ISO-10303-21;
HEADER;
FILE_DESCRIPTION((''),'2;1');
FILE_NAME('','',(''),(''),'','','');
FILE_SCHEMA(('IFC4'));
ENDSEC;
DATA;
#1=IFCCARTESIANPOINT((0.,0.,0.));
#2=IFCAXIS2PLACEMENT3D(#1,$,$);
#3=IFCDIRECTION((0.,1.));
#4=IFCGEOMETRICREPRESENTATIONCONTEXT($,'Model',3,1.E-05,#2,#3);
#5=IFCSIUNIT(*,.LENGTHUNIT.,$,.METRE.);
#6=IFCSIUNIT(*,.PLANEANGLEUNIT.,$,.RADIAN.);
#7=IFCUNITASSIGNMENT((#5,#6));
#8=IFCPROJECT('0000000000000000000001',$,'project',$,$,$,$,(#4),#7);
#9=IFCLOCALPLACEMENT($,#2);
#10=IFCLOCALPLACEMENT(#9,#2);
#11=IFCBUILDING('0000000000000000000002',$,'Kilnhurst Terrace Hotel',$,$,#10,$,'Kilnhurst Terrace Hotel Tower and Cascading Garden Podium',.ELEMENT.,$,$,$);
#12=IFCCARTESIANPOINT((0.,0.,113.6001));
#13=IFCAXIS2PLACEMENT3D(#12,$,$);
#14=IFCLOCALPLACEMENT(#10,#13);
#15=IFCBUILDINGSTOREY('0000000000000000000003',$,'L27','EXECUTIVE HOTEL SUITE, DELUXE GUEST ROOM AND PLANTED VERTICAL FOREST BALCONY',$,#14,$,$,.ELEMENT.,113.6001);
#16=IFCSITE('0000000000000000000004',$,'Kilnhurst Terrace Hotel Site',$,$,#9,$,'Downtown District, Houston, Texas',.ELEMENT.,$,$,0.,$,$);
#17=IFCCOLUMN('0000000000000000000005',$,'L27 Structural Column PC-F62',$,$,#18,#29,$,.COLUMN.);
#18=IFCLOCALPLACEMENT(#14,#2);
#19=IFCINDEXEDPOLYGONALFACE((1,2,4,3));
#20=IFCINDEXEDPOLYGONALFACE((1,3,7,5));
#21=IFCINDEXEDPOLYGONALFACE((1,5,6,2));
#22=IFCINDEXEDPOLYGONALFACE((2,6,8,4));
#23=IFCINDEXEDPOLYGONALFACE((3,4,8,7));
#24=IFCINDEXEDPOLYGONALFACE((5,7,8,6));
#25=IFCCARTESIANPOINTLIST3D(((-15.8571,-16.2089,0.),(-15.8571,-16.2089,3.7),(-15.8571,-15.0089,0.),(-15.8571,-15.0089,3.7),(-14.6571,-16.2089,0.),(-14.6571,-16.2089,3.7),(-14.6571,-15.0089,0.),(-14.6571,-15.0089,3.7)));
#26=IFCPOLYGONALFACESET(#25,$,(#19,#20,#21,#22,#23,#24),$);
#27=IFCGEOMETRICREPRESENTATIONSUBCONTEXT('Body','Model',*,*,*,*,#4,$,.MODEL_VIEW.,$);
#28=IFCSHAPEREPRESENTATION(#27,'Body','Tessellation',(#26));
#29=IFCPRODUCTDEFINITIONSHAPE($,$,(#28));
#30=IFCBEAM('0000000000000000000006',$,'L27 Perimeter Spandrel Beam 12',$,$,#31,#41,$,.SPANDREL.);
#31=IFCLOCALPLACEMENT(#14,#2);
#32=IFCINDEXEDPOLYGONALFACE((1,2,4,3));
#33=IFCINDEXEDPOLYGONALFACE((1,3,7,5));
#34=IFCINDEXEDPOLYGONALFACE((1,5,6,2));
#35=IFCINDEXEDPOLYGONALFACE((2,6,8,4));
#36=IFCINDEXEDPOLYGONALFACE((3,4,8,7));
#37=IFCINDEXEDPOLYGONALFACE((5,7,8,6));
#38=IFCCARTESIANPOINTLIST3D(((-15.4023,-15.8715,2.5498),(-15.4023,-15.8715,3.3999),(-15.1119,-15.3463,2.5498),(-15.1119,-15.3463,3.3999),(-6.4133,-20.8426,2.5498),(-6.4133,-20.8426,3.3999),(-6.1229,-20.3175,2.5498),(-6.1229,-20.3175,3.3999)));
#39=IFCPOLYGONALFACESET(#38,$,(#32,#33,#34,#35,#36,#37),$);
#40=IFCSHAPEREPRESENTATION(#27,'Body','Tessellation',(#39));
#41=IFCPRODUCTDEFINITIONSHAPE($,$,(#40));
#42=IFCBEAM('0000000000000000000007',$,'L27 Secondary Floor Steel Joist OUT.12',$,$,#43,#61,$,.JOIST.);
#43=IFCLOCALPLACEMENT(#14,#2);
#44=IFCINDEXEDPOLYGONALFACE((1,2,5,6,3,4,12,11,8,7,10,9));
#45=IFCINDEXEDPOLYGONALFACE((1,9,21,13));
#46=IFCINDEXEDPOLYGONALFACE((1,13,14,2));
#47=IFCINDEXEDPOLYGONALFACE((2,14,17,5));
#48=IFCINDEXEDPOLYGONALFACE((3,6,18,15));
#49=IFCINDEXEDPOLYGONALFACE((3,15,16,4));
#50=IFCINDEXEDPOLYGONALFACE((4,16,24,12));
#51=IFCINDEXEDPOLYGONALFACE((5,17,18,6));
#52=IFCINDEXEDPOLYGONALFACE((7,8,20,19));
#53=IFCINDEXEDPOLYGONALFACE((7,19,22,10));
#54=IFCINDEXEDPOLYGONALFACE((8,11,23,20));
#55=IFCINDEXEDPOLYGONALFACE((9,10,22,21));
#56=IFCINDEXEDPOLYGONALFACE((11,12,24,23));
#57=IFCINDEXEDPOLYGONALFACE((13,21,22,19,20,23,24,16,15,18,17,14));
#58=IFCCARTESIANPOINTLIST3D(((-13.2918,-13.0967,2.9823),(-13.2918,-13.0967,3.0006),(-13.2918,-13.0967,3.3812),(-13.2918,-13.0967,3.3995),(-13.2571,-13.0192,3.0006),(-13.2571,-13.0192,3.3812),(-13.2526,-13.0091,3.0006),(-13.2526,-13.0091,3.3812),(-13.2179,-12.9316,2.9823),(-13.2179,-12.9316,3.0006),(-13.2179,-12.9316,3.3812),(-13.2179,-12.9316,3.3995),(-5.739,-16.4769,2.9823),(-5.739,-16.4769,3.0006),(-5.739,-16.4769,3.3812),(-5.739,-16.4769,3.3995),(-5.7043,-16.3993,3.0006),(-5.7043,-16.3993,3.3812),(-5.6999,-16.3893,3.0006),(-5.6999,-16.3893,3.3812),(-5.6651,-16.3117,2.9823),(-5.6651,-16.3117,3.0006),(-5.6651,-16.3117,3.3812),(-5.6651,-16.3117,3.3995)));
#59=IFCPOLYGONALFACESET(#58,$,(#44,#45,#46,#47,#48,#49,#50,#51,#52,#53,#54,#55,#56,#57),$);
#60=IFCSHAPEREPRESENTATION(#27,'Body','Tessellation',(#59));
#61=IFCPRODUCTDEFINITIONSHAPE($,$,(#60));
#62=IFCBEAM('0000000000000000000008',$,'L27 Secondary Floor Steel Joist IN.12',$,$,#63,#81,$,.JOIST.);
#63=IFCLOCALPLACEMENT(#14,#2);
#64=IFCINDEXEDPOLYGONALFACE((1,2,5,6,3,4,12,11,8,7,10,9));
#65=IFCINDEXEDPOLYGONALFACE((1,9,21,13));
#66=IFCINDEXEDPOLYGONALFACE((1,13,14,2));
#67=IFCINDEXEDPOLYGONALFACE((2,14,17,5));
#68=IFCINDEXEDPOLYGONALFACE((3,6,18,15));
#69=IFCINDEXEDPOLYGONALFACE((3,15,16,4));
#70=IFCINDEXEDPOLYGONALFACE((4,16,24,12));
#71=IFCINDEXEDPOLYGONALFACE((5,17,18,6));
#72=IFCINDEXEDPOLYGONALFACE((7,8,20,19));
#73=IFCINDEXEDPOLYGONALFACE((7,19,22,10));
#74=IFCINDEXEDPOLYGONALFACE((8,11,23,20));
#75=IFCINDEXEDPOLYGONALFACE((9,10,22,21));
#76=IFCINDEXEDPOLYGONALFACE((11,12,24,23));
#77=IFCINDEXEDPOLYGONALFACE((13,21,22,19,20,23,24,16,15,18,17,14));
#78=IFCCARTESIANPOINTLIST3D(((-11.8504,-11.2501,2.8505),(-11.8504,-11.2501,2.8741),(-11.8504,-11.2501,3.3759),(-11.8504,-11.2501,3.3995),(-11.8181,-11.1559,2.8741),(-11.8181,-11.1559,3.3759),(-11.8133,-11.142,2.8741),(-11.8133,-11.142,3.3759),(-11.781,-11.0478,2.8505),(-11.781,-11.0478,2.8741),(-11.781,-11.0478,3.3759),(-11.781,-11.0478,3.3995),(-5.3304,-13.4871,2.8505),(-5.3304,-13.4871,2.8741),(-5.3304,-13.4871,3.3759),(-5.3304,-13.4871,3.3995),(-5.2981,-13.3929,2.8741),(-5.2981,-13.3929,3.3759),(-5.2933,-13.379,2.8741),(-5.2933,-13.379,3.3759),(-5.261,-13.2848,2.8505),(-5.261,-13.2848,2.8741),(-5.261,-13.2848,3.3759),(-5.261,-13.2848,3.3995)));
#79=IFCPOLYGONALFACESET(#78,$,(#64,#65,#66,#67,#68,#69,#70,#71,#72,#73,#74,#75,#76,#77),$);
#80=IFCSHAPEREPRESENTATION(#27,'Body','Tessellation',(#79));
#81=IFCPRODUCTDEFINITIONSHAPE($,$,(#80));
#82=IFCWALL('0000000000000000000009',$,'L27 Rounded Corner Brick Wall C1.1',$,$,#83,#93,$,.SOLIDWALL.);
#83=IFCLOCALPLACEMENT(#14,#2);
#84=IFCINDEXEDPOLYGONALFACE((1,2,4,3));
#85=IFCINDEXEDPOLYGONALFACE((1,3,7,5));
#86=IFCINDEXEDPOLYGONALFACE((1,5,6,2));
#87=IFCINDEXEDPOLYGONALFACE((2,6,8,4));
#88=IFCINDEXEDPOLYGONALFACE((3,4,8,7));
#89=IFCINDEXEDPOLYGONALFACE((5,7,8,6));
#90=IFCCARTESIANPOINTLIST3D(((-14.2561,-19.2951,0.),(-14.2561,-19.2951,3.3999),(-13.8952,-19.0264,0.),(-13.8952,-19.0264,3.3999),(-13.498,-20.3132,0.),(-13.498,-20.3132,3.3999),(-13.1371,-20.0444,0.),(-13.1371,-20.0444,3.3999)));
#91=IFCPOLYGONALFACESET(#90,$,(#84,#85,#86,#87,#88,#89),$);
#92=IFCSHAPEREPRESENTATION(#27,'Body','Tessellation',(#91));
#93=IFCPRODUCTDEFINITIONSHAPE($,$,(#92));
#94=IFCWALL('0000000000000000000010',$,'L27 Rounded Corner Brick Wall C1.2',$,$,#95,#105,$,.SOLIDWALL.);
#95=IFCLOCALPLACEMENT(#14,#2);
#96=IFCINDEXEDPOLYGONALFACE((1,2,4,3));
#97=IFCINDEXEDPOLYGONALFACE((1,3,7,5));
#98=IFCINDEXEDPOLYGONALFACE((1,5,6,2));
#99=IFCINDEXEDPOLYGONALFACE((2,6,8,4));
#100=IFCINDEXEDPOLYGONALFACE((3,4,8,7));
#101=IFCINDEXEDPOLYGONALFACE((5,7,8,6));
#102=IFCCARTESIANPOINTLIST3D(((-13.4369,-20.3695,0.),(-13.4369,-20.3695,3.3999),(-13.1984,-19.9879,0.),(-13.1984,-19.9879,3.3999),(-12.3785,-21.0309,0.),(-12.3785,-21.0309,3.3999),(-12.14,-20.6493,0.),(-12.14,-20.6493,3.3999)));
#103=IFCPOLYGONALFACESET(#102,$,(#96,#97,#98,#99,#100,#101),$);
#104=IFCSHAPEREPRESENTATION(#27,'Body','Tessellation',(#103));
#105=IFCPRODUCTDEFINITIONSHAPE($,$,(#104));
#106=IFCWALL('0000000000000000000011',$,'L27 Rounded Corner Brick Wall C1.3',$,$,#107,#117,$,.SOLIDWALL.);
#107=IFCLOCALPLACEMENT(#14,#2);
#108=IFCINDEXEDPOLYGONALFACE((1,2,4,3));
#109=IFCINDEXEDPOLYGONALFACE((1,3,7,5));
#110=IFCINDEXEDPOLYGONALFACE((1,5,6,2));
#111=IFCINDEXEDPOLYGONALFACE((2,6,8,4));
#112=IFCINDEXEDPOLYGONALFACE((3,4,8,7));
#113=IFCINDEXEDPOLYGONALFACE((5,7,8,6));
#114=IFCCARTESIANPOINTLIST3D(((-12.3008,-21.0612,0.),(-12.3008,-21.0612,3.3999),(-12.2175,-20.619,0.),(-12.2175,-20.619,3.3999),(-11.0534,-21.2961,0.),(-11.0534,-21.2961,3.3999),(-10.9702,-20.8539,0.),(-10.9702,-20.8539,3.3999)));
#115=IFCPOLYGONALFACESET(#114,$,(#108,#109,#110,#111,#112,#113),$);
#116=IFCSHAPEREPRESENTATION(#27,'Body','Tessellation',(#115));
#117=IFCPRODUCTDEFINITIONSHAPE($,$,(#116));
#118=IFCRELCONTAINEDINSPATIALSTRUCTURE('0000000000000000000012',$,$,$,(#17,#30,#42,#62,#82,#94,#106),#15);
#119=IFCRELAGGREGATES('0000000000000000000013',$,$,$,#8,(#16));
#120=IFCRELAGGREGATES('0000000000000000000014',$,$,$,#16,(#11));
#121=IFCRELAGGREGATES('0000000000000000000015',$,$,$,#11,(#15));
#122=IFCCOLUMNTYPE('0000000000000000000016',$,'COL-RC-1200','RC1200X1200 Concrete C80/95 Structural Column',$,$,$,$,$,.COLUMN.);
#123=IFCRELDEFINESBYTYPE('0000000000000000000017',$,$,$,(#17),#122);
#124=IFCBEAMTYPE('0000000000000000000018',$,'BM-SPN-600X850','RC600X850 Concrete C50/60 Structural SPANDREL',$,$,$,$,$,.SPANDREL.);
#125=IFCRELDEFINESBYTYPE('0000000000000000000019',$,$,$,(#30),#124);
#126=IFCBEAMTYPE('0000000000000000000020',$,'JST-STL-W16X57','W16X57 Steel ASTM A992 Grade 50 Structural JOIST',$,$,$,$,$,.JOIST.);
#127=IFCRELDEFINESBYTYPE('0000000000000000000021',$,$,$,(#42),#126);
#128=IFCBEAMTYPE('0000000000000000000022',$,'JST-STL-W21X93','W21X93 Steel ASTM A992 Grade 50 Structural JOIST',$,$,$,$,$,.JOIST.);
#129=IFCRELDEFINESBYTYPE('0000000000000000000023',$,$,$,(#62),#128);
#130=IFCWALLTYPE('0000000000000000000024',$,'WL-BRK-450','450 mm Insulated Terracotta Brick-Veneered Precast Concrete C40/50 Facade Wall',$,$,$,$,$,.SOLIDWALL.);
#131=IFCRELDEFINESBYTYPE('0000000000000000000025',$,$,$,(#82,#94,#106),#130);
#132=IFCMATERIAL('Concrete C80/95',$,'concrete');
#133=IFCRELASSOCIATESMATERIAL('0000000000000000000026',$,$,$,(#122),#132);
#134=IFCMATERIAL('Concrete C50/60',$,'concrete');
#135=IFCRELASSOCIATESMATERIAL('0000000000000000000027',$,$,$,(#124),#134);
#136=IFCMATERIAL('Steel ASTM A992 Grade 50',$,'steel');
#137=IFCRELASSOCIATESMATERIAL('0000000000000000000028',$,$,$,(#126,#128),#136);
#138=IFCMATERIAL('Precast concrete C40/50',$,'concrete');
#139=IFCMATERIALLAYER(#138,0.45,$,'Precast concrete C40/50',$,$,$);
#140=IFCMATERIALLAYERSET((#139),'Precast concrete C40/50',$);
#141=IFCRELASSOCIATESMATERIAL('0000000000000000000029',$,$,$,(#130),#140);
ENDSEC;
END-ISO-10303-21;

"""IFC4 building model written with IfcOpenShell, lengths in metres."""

from ifc_helpers import new_model, si_unit, direction, frame, frame_2d, origin, origin_2d, place, context, subcontext, project, spatial, rectangle, i_section, extrude, material, layer, layer_set, material_profile, profile_set, type_object, element, save


model = new_model("IFC4")

# Units and contexts
model_context = context("Model", 3, precision=1e-05, world=origin(), true_north=direction((0.0, 1.0)))
body_context = subcontext(model_context, "Body", "Model", "MODEL_VIEW")
ifc_project = project(units=[si_unit("LENGTHUNIT", "METRE"), si_unit("PLANEANGLEUNIT", "RADIAN")], contexts=[model_context])

# Site, building, storey
site_placement = place(None, origin())
site = spatial("IfcSite", under=ifc_project, at=site_placement, Name="Kilnhurst Terrace Hotel Site", LongName="Downtown District, Houston, Texas", CompositionType="ELEMENT", RefElevation=0.0)
building_placement = place(site_placement, origin())
building = spatial("IfcBuilding", under=site, at=building_placement, Name="Kilnhurst Terrace Hotel", LongName="Kilnhurst Terrace Hotel Tower and Cascading Garden Podium", CompositionType="ELEMENT")
storey_placement = place(building_placement, frame((0.0, 0.0, 113.6001)))
storey = spatial("IfcBuildingStorey", under=building, at=storey_placement, Name="L27", Description="EXECUTIVE HOTEL SUITE, DELUXE GUEST ROOM AND PLANTED VERTICAL FOREST BALCONY", CompositionType="ELEMENT", Elevation=113.6001)

# Column
ifc_material_1 = material(Name="Concrete C80/95", Category="concrete")
ifc_material_profile_1 = material_profile(ifc_material_1, rectangle(XDim=1.2, YDim=1.2, at=origin_2d()), Name="RC1200X1200")
ifc_profile_set_1 = profile_set([ifc_material_profile_1], Name="Concrete C80/95")
column_type = type_object("IfcColumnType", Name="COL-RC-1200", Description="RC1200X1200 Concrete C80/95 Structural Column", PredefinedType="COLUMN", material=ifc_profile_set_1)
column_placement = place(storey_placement, frame((-15.2571, -15.6089, 0.0), z_axis=(0.0, 0.0, 1.0), x_axis=(1.0, 0.0, 0.0)))
element("IfcColumn", 1, at=column_placement, inside=storey, type_object=column_type, Name="L27 Structural Column PC-F62", PredefinedType="COLUMN", context=body_context, shape_type="SweptSolid", body=[
    extrude(rectangle(XDim=1.2, YDim=1.2, at=origin_2d()), origin(), (0.0, 0.0, 1.0), 3.7),
])

# Beams
ifc_material_2 = material(Name="Concrete C50/60", Category="concrete")
ifc_material_profile_2 = material_profile(ifc_material_2, rectangle(XDim=0.6001, YDim=0.8501, at=origin_2d()), Name="RC600X850")
ifc_profile_set_2 = profile_set([ifc_material_profile_2], Name="Concrete C50/60")
beam_type_1 = type_object("IfcBeamType", Name="BM-SPN-600X850", Description="RC600X850 Concrete C50/60 Structural SPANDREL", PredefinedType="SPANDREL", material=ifc_profile_set_2)
beam_1_placement = place(storey_placement, frame((-15.2571, -15.6089, 2.9749), z_axis=(0.875094, -0.483953, 0.0), x_axis=(0.483953, 0.875094, 0.0)))
element("IfcBeam", 2, at=beam_1_placement, inside=storey, type_object=beam_type_1, Name="L27 Perimeter Spandrel Beam 12", PredefinedType="SPANDREL", context=body_context, shape_type="SweptSolid", body=[
    extrude(rectangle(XDim=0.6001, YDim=0.8501, at=origin_2d()), origin(), (0.0, 0.0, 1.0), 10.272),
])
ifc_material_3 = material(Name="Steel ASTM A992 Grade 50", Category="steel")
ifc_material_profile_3 = material_profile(ifc_material_3, i_section(OverallWidth=0.1809, OverallDepth=0.4172, WebThickness=0.011, FlangeThickness=0.0183, at=origin_2d()), Name="W16X57")
ifc_profile_set_3 = profile_set([ifc_material_profile_3], Name="Steel ASTM A992 Grade 50")
beam_type_2 = type_object("IfcBeamType", Name="JST-STL-W16X57", Description="W16X57 Steel ASTM A992 Grade 50 Structural JOIST", PredefinedType="JOIST", material=ifc_profile_set_3)
beam_2_placement = place(storey_placement, frame((-13.2549, -13.0142, 3.1909), z_axis=(0.912761, -0.408494, 0.0), x_axis=(0.408494, 0.912761, 0.0)))
element("IfcBeam", 3, at=beam_2_placement, inside=storey, type_object=beam_type_2, Name="L27 Secondary Floor Steel Joist OUT.12", PredefinedType="JOIST", context=body_context, shape_type="SweptSolid", body=[
    extrude(i_section(OverallWidth=0.1809, OverallDepth=0.4172, WebThickness=0.011, FlangeThickness=0.0183, at=origin_2d()), origin(), (0.0, 0.0, 1.0), 8.2747),
])
ifc_material_profile_4 = material_profile(ifc_material_3, i_section(OverallWidth=0.2139, OverallDepth=0.5491, WebThickness=0.0146, FlangeThickness=0.0237, at=origin_2d()), Name="W21X93")
ifc_profile_set_4 = profile_set([ifc_material_profile_4], Name="Steel ASTM A992 Grade 50")
beam_type_3 = type_object("IfcBeamType", Name="JST-STL-W21X93", Description="W21X93 Steel ASTM A992 Grade 50 Structural JOIST", PredefinedType="JOIST", material=ifc_profile_set_4)
beam_3_placement = place(storey_placement, frame((-11.8157, -11.1489, 3.125), z_axis=(0.945874, -0.324535, 0.0), x_axis=(0.324535, 0.945874, 0.0)))
element("IfcBeam", 4, at=beam_3_placement, inside=storey, type_object=beam_type_3, Name="L27 Secondary Floor Steel Joist IN.12", PredefinedType="JOIST", context=body_context, shape_type="SweptSolid", body=[
    extrude(i_section(OverallWidth=0.2139, OverallDepth=0.5491, WebThickness=0.0146, FlangeThickness=0.0237, at=origin_2d()), origin(), (0.0, 0.0, 1.0), 6.8931),
])

# Walls
ifc_material_4 = material(Name="Precast concrete C40/50", Category="concrete")
ifc_layer_1 = layer(ifc_material_4, 0.45, Name="Precast concrete C40/50")
ifc_layer_set_1 = layer_set([ifc_layer_1], Name="Precast concrete C40/50")
wall_type_1 = type_object("IfcWallType", Name="WL-BRK-450", Description="450 mm Insulated Terracotta Brick-Veneered Precast Concrete C40/50 Facade Wall", PredefinedType="SOLIDWALL", material=ifc_layer_set_1)
wall_1_placement = place(storey_placement, frame((-14.0757, -19.1606, 0.0), z_axis=(0.0, 0.0, 1.0), x_axis=(0.597227, -0.802073, 0.0)))
element("IfcWall", 5, at=wall_1_placement, inside=storey, type_object=wall_type_1, Name="L27 Rounded Corner Brick Wall C1.1", PredefinedType="SOLIDWALL", context=body_context, shape_type="SweptSolid", body=[
    extrude(rectangle(XDim=1.2693, YDim=0.45, at=frame_2d((0.6348, 0.0))), origin(), (0.0, 0.0, 1.0), 3.3999),
])
wall_2_placement = place(storey_placement, frame((-13.3176, -20.1787, 0.0), z_axis=(0.0, 0.0, 1.0), x_axis=(0.848031, -0.529946, 0.0)))
element("IfcWall", 6, at=wall_2_placement, inside=storey, type_object=wall_type_1, Name="L27 Rounded Corner Brick Wall C1.2", PredefinedType="SOLIDWALL", context=body_context, shape_type="SweptSolid", body=[
    extrude(rectangle(XDim=1.248, YDim=0.45, at=frame_2d((0.624, 0.0))), origin(), (0.0, 0.0, 1.0), 3.3999),
])
wall_3_placement = place(storey_placement, frame((-12.2593, -20.8401, 0.0), z_axis=(0.0, 0.0, 1.0), x_axis=(0.98273, -0.185043, 0.0)))
element("IfcWall", 7, at=wall_3_placement, inside=storey, type_object=wall_type_1, Name="L27 Rounded Corner Brick Wall C1.3", PredefinedType="SOLIDWALL", context=body_context, shape_type="SweptSolid", body=[
    extrude(rectangle(XDim=1.2693, YDim=0.45, at=frame_2d((0.6348, 0.0))), origin(), (0.0, 0.0, 1.0), 3.3999),
])

save(model, "model.ifc")
